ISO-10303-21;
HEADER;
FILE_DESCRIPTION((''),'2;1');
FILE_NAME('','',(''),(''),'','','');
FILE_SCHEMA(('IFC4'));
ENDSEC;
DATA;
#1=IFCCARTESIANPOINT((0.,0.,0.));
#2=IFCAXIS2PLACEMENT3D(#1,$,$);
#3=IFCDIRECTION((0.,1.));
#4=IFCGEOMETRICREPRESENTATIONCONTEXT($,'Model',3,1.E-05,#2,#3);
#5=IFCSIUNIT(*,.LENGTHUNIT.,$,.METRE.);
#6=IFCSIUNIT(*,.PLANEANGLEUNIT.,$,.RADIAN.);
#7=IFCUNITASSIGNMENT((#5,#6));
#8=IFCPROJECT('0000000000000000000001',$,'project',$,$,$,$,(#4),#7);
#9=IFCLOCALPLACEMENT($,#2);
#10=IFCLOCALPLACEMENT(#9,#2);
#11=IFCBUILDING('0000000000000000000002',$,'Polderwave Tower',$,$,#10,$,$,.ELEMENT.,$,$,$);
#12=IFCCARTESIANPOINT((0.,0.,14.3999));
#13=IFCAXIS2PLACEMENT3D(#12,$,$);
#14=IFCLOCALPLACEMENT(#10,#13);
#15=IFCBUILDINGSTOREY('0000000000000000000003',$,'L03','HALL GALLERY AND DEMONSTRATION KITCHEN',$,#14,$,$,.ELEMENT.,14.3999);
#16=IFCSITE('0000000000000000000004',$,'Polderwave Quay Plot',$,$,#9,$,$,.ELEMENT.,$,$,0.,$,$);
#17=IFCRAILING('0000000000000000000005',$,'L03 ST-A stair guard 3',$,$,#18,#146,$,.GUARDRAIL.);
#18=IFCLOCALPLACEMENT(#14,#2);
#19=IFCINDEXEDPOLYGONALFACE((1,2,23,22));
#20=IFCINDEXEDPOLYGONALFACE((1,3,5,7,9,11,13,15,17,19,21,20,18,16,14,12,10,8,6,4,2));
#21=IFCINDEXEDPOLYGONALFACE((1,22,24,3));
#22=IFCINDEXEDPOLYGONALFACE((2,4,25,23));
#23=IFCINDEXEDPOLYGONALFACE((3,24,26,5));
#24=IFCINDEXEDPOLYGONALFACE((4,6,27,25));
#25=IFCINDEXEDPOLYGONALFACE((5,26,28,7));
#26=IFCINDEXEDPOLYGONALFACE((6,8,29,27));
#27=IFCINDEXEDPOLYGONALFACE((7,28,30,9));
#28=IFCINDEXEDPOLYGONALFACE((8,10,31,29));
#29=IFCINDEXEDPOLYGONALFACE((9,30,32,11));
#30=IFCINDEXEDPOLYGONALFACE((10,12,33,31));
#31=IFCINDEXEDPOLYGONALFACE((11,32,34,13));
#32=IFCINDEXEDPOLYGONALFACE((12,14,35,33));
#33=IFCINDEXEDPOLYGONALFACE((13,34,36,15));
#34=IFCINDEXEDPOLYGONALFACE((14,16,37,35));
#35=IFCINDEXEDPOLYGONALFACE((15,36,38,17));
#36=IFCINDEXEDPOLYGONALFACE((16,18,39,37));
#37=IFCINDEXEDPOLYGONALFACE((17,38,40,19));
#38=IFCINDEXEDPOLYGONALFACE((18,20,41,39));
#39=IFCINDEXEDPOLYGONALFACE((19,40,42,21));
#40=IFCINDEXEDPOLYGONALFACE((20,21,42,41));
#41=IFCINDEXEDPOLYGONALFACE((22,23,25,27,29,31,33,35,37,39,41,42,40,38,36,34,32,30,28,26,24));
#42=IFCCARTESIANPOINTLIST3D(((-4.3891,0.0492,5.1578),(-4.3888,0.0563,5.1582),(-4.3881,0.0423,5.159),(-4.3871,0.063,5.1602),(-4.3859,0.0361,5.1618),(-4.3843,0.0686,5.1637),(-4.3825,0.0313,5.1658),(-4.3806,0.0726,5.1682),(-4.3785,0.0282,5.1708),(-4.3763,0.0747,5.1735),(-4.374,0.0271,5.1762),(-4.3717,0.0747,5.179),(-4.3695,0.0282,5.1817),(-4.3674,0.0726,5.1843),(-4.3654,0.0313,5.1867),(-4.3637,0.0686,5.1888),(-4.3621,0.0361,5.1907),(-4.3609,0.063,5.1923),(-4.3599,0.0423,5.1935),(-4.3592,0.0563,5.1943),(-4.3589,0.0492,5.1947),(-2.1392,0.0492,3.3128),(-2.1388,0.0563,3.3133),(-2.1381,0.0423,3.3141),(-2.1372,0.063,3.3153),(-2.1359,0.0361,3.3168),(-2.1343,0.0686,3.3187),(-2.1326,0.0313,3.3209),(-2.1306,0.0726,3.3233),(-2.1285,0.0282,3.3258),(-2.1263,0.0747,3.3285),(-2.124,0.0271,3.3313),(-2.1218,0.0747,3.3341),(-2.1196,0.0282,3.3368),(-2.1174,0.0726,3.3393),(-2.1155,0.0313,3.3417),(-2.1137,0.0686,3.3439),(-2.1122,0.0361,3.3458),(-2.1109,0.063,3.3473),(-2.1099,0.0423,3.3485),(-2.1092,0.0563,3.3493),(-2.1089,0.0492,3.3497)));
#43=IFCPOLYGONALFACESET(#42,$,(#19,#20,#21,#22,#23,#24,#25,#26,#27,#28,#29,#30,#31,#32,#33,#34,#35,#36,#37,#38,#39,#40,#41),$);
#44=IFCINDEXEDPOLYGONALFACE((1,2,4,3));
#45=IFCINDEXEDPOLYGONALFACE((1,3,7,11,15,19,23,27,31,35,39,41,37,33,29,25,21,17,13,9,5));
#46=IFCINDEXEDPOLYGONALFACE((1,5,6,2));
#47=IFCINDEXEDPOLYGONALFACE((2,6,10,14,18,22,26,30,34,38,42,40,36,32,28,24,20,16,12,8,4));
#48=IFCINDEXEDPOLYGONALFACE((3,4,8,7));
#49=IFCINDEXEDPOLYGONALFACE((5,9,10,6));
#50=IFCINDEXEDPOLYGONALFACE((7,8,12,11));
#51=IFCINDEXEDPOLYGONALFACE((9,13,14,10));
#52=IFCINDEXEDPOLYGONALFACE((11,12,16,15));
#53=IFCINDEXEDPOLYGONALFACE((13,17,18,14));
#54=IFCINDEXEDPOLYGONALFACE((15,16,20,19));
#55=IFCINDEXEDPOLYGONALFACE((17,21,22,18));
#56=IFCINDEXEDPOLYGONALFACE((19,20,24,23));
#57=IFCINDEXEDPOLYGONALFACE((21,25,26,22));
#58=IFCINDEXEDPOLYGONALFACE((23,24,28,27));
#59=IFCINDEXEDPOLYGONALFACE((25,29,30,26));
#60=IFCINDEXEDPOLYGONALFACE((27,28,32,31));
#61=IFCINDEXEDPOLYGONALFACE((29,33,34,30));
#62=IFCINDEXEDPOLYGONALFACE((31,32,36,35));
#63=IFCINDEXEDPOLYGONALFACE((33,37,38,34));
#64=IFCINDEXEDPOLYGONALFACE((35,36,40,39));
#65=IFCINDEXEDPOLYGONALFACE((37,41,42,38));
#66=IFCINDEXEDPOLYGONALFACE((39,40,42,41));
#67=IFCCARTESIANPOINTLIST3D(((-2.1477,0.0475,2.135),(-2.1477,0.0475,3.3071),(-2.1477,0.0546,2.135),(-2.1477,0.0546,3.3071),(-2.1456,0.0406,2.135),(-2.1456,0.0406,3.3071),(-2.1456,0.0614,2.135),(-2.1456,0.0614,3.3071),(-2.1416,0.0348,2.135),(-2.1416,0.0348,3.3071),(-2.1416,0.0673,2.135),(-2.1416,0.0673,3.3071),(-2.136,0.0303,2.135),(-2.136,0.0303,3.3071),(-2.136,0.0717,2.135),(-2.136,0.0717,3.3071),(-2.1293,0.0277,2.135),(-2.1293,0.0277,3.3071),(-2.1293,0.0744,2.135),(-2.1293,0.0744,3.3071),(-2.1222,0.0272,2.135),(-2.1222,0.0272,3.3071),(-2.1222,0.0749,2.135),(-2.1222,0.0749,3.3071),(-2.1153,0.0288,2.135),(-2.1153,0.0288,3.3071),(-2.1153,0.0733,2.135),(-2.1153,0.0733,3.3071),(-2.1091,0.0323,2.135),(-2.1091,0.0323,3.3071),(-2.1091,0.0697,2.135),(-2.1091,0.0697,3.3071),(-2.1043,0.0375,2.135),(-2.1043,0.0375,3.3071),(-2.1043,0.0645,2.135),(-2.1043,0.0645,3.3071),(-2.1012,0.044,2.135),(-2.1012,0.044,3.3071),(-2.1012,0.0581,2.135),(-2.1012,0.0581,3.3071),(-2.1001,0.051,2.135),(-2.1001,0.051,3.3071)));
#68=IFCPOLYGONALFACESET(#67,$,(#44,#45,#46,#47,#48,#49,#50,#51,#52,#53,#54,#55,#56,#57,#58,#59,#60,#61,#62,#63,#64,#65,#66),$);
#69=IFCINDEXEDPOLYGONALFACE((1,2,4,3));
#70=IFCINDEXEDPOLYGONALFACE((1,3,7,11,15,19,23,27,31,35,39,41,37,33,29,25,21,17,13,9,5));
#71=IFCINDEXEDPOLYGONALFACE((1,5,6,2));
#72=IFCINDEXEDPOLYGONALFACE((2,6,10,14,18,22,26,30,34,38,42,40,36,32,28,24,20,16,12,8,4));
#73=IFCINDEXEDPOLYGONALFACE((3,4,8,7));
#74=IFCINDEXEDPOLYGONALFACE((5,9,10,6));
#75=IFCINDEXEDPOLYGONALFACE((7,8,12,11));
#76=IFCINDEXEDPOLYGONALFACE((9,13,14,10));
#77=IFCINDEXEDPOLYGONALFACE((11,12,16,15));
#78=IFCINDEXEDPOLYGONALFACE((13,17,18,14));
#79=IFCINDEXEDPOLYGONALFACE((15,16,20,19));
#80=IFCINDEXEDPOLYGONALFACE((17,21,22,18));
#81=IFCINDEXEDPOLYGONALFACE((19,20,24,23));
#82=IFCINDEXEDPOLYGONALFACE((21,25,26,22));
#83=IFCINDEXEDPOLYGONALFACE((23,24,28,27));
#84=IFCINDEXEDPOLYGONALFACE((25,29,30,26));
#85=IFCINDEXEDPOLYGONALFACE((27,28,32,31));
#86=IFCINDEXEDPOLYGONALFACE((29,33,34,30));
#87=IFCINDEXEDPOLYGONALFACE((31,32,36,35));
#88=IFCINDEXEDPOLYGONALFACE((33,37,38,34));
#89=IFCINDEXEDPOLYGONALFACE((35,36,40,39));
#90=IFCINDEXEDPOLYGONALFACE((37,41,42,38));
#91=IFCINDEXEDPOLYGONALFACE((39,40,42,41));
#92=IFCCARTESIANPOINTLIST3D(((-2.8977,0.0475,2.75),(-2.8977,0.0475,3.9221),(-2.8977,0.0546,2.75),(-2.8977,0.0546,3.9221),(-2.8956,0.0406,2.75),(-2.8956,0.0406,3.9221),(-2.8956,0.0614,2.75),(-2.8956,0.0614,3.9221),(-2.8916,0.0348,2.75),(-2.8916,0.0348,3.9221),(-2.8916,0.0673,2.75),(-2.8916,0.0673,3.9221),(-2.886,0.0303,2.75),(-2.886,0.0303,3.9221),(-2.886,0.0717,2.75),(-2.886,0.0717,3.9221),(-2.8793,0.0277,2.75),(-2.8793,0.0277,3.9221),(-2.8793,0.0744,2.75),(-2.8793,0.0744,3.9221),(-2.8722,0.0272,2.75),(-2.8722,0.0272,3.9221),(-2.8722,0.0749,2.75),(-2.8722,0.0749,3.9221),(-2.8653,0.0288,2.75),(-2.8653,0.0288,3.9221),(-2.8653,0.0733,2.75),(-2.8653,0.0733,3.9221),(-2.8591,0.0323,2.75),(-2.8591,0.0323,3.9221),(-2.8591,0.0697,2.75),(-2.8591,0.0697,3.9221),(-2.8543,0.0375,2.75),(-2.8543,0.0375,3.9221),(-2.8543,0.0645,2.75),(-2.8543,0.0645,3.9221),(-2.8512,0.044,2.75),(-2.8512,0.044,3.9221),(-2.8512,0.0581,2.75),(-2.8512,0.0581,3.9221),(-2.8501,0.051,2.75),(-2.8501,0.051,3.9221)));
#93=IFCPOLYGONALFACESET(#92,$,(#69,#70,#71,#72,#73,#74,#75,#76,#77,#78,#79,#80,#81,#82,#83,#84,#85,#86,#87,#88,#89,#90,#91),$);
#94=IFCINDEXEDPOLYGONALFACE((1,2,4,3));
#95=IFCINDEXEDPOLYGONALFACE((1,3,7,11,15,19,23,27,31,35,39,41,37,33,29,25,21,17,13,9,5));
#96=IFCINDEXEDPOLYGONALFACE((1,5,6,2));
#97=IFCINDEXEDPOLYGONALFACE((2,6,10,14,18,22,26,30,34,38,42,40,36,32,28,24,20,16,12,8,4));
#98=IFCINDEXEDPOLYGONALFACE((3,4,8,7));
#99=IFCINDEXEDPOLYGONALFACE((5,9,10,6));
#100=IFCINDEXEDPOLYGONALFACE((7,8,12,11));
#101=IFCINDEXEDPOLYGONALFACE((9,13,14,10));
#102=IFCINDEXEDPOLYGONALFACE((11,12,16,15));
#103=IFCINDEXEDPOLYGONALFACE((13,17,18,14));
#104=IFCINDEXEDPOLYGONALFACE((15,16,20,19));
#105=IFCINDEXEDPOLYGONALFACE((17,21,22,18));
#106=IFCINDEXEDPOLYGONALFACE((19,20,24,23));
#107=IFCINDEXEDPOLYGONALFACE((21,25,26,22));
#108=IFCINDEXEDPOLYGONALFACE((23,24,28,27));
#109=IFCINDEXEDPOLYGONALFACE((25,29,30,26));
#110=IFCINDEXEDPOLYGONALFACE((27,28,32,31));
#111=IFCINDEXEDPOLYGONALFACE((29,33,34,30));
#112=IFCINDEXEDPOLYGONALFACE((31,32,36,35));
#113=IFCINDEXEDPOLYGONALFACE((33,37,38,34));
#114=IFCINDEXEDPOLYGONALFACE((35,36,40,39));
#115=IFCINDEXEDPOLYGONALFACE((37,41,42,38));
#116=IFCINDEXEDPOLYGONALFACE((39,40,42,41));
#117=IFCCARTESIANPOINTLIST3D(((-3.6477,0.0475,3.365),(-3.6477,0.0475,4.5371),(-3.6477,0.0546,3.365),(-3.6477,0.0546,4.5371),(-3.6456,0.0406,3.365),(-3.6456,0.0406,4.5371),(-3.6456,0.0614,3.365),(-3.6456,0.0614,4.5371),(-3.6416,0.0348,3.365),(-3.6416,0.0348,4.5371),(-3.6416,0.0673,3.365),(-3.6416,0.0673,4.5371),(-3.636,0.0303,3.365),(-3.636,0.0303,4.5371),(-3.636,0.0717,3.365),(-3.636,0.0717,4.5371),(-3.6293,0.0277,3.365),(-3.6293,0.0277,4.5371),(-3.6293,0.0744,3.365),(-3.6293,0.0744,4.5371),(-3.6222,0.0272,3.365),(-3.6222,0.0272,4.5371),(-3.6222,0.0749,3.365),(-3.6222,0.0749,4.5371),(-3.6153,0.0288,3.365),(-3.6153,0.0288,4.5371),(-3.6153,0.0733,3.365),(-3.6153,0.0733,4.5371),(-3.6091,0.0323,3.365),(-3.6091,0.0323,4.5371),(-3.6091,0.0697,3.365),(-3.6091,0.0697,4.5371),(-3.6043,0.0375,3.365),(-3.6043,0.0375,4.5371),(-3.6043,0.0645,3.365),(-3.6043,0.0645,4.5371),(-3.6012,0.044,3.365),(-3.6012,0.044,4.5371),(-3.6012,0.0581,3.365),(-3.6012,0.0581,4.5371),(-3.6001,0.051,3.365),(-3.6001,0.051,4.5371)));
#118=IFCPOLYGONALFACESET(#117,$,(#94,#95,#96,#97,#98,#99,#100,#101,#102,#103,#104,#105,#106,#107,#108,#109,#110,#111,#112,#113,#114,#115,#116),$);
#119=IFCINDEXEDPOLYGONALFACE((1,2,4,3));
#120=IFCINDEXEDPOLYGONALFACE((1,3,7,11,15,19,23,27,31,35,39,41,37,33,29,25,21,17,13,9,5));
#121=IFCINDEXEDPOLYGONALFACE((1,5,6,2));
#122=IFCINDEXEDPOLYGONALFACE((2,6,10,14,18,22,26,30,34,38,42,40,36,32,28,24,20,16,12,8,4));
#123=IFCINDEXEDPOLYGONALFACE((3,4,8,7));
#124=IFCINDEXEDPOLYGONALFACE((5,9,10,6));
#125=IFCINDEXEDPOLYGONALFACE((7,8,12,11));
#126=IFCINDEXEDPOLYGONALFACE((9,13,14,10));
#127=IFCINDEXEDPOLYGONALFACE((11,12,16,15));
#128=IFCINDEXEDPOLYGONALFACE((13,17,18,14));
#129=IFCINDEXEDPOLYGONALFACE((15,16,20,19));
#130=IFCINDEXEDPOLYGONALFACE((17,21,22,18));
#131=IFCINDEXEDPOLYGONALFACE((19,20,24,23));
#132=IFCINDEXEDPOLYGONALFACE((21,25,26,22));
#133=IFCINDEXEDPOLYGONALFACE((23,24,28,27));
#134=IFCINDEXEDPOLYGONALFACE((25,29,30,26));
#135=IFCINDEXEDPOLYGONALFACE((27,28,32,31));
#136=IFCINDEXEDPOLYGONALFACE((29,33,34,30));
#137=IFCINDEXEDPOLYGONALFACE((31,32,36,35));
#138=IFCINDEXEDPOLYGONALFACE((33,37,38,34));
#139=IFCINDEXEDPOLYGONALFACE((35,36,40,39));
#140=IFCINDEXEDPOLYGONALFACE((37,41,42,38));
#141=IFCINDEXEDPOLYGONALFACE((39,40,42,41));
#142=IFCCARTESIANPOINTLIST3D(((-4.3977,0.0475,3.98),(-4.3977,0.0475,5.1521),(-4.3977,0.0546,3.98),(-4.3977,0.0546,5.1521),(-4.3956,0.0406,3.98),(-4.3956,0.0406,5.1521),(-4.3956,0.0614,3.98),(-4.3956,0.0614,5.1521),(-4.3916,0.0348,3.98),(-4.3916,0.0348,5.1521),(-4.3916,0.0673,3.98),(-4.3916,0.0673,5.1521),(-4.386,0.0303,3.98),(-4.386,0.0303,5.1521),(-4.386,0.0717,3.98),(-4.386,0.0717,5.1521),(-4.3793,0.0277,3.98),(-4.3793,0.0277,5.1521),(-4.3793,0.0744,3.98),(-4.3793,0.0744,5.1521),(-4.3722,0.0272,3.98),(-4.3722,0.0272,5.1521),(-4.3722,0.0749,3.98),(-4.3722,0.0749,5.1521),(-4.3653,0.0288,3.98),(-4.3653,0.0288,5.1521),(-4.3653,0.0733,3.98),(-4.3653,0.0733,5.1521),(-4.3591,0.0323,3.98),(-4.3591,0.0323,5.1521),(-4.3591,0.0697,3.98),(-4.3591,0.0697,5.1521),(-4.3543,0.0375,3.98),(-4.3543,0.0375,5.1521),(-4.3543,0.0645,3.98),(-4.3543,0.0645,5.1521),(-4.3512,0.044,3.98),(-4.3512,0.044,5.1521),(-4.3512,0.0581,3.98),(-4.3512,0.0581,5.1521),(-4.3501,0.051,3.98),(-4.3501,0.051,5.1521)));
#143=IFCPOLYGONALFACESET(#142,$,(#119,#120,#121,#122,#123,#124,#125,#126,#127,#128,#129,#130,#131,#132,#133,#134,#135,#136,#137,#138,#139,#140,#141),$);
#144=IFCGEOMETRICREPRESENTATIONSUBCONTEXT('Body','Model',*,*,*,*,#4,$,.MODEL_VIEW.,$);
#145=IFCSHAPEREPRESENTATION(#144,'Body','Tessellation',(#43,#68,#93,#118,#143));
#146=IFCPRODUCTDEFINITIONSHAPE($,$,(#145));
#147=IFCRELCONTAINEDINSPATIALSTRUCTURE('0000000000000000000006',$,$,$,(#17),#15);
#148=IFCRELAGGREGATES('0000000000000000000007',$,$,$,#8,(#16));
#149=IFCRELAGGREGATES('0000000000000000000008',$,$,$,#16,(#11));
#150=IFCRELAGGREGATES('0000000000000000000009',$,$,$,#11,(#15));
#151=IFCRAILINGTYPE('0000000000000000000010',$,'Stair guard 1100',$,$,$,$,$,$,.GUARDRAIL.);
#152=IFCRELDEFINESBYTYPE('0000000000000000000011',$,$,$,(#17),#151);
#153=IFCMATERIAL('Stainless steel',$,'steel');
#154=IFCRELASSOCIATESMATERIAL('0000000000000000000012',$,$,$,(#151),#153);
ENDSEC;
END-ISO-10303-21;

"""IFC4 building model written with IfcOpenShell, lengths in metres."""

from ifc_helpers import new_model, si_unit, direction, frame, origin, origin_2d, place, context, subcontext, project, spatial, circle, extrude, material, type_object, element, save


model = new_model("IFC4")

# Units and contexts
model_context = context("Model", 3, precision=1e-05, world=origin(), true_north=direction((0.0, 1.0)))
body_context = subcontext(model_context, "Body", "Model", "MODEL_VIEW")
ifc_project = project(units=[si_unit("LENGTHUNIT", "METRE"), si_unit("PLANEANGLEUNIT", "RADIAN")], contexts=[model_context])

# Site, building, storey
site_placement = place(None, origin())
site = spatial("IfcSite", under=ifc_project, at=site_placement, Name="Polderwave Quay Plot", CompositionType="ELEMENT", RefElevation=0.0)
building_placement = place(site_placement, origin())
building = spatial("IfcBuilding", under=site, at=building_placement, Name="Polderwave Tower", CompositionType="ELEMENT")
storey_placement = place(building_placement, frame((0.0, 0.0, 14.3999)))
storey = spatial("IfcBuildingStorey", under=building, at=storey_placement, Name="L03", Description="HALL GALLERY AND DEMONSTRATION KITCHEN", CompositionType="ELEMENT", Elevation=14.3999)

# Railing
ifc_material_1 = material(Name="Stainless steel", Category="steel")
railing_type_1 = type_object("IfcRailingType", Name="Stair guard 1100", PredefinedType="GUARDRAIL", material=ifc_material_1)
railing_1_placement = place(storey_placement, frame((-2.124, 0.051, 2.135)))
element("IfcRailing", 1, at=railing_1_placement, inside=storey, type_object=railing_type_1, Name="L03 ST-A stair guard 3", PredefinedType="GUARDRAIL", context=body_context, shape_type="SweptSolid", body=[
    extrude(circle(Radius=0.0239, at=origin_2d()), frame((0.0, 0.0, 1.1963), z_axis=(-0.773273, 0.0, 0.634074), x_axis=(0.0, -1.0, 0.0)), (0.0, 0.0, 1.0), 2.9097),
    extrude(circle(Radius=0.0239, at=origin_2d()), origin(), (0.0, 0.0, 1.0), 1.1721),
    extrude(circle(Radius=0.0239, at=origin_2d()), frame((-0.75, 0.0, 0.615)), (0.0, 0.0, 1.0), 1.1721),
    extrude(circle(Radius=0.0239, at=origin_2d()), frame((-1.5, 0.0, 1.23)), (0.0, 0.0, 1.0), 1.1721),
    extrude(circle(Radius=0.0239, at=origin_2d()), frame((-2.25, 0.0, 1.845)), (0.0, 0.0, 1.0), 1.1721),
])

save(model, "model.ifc")
